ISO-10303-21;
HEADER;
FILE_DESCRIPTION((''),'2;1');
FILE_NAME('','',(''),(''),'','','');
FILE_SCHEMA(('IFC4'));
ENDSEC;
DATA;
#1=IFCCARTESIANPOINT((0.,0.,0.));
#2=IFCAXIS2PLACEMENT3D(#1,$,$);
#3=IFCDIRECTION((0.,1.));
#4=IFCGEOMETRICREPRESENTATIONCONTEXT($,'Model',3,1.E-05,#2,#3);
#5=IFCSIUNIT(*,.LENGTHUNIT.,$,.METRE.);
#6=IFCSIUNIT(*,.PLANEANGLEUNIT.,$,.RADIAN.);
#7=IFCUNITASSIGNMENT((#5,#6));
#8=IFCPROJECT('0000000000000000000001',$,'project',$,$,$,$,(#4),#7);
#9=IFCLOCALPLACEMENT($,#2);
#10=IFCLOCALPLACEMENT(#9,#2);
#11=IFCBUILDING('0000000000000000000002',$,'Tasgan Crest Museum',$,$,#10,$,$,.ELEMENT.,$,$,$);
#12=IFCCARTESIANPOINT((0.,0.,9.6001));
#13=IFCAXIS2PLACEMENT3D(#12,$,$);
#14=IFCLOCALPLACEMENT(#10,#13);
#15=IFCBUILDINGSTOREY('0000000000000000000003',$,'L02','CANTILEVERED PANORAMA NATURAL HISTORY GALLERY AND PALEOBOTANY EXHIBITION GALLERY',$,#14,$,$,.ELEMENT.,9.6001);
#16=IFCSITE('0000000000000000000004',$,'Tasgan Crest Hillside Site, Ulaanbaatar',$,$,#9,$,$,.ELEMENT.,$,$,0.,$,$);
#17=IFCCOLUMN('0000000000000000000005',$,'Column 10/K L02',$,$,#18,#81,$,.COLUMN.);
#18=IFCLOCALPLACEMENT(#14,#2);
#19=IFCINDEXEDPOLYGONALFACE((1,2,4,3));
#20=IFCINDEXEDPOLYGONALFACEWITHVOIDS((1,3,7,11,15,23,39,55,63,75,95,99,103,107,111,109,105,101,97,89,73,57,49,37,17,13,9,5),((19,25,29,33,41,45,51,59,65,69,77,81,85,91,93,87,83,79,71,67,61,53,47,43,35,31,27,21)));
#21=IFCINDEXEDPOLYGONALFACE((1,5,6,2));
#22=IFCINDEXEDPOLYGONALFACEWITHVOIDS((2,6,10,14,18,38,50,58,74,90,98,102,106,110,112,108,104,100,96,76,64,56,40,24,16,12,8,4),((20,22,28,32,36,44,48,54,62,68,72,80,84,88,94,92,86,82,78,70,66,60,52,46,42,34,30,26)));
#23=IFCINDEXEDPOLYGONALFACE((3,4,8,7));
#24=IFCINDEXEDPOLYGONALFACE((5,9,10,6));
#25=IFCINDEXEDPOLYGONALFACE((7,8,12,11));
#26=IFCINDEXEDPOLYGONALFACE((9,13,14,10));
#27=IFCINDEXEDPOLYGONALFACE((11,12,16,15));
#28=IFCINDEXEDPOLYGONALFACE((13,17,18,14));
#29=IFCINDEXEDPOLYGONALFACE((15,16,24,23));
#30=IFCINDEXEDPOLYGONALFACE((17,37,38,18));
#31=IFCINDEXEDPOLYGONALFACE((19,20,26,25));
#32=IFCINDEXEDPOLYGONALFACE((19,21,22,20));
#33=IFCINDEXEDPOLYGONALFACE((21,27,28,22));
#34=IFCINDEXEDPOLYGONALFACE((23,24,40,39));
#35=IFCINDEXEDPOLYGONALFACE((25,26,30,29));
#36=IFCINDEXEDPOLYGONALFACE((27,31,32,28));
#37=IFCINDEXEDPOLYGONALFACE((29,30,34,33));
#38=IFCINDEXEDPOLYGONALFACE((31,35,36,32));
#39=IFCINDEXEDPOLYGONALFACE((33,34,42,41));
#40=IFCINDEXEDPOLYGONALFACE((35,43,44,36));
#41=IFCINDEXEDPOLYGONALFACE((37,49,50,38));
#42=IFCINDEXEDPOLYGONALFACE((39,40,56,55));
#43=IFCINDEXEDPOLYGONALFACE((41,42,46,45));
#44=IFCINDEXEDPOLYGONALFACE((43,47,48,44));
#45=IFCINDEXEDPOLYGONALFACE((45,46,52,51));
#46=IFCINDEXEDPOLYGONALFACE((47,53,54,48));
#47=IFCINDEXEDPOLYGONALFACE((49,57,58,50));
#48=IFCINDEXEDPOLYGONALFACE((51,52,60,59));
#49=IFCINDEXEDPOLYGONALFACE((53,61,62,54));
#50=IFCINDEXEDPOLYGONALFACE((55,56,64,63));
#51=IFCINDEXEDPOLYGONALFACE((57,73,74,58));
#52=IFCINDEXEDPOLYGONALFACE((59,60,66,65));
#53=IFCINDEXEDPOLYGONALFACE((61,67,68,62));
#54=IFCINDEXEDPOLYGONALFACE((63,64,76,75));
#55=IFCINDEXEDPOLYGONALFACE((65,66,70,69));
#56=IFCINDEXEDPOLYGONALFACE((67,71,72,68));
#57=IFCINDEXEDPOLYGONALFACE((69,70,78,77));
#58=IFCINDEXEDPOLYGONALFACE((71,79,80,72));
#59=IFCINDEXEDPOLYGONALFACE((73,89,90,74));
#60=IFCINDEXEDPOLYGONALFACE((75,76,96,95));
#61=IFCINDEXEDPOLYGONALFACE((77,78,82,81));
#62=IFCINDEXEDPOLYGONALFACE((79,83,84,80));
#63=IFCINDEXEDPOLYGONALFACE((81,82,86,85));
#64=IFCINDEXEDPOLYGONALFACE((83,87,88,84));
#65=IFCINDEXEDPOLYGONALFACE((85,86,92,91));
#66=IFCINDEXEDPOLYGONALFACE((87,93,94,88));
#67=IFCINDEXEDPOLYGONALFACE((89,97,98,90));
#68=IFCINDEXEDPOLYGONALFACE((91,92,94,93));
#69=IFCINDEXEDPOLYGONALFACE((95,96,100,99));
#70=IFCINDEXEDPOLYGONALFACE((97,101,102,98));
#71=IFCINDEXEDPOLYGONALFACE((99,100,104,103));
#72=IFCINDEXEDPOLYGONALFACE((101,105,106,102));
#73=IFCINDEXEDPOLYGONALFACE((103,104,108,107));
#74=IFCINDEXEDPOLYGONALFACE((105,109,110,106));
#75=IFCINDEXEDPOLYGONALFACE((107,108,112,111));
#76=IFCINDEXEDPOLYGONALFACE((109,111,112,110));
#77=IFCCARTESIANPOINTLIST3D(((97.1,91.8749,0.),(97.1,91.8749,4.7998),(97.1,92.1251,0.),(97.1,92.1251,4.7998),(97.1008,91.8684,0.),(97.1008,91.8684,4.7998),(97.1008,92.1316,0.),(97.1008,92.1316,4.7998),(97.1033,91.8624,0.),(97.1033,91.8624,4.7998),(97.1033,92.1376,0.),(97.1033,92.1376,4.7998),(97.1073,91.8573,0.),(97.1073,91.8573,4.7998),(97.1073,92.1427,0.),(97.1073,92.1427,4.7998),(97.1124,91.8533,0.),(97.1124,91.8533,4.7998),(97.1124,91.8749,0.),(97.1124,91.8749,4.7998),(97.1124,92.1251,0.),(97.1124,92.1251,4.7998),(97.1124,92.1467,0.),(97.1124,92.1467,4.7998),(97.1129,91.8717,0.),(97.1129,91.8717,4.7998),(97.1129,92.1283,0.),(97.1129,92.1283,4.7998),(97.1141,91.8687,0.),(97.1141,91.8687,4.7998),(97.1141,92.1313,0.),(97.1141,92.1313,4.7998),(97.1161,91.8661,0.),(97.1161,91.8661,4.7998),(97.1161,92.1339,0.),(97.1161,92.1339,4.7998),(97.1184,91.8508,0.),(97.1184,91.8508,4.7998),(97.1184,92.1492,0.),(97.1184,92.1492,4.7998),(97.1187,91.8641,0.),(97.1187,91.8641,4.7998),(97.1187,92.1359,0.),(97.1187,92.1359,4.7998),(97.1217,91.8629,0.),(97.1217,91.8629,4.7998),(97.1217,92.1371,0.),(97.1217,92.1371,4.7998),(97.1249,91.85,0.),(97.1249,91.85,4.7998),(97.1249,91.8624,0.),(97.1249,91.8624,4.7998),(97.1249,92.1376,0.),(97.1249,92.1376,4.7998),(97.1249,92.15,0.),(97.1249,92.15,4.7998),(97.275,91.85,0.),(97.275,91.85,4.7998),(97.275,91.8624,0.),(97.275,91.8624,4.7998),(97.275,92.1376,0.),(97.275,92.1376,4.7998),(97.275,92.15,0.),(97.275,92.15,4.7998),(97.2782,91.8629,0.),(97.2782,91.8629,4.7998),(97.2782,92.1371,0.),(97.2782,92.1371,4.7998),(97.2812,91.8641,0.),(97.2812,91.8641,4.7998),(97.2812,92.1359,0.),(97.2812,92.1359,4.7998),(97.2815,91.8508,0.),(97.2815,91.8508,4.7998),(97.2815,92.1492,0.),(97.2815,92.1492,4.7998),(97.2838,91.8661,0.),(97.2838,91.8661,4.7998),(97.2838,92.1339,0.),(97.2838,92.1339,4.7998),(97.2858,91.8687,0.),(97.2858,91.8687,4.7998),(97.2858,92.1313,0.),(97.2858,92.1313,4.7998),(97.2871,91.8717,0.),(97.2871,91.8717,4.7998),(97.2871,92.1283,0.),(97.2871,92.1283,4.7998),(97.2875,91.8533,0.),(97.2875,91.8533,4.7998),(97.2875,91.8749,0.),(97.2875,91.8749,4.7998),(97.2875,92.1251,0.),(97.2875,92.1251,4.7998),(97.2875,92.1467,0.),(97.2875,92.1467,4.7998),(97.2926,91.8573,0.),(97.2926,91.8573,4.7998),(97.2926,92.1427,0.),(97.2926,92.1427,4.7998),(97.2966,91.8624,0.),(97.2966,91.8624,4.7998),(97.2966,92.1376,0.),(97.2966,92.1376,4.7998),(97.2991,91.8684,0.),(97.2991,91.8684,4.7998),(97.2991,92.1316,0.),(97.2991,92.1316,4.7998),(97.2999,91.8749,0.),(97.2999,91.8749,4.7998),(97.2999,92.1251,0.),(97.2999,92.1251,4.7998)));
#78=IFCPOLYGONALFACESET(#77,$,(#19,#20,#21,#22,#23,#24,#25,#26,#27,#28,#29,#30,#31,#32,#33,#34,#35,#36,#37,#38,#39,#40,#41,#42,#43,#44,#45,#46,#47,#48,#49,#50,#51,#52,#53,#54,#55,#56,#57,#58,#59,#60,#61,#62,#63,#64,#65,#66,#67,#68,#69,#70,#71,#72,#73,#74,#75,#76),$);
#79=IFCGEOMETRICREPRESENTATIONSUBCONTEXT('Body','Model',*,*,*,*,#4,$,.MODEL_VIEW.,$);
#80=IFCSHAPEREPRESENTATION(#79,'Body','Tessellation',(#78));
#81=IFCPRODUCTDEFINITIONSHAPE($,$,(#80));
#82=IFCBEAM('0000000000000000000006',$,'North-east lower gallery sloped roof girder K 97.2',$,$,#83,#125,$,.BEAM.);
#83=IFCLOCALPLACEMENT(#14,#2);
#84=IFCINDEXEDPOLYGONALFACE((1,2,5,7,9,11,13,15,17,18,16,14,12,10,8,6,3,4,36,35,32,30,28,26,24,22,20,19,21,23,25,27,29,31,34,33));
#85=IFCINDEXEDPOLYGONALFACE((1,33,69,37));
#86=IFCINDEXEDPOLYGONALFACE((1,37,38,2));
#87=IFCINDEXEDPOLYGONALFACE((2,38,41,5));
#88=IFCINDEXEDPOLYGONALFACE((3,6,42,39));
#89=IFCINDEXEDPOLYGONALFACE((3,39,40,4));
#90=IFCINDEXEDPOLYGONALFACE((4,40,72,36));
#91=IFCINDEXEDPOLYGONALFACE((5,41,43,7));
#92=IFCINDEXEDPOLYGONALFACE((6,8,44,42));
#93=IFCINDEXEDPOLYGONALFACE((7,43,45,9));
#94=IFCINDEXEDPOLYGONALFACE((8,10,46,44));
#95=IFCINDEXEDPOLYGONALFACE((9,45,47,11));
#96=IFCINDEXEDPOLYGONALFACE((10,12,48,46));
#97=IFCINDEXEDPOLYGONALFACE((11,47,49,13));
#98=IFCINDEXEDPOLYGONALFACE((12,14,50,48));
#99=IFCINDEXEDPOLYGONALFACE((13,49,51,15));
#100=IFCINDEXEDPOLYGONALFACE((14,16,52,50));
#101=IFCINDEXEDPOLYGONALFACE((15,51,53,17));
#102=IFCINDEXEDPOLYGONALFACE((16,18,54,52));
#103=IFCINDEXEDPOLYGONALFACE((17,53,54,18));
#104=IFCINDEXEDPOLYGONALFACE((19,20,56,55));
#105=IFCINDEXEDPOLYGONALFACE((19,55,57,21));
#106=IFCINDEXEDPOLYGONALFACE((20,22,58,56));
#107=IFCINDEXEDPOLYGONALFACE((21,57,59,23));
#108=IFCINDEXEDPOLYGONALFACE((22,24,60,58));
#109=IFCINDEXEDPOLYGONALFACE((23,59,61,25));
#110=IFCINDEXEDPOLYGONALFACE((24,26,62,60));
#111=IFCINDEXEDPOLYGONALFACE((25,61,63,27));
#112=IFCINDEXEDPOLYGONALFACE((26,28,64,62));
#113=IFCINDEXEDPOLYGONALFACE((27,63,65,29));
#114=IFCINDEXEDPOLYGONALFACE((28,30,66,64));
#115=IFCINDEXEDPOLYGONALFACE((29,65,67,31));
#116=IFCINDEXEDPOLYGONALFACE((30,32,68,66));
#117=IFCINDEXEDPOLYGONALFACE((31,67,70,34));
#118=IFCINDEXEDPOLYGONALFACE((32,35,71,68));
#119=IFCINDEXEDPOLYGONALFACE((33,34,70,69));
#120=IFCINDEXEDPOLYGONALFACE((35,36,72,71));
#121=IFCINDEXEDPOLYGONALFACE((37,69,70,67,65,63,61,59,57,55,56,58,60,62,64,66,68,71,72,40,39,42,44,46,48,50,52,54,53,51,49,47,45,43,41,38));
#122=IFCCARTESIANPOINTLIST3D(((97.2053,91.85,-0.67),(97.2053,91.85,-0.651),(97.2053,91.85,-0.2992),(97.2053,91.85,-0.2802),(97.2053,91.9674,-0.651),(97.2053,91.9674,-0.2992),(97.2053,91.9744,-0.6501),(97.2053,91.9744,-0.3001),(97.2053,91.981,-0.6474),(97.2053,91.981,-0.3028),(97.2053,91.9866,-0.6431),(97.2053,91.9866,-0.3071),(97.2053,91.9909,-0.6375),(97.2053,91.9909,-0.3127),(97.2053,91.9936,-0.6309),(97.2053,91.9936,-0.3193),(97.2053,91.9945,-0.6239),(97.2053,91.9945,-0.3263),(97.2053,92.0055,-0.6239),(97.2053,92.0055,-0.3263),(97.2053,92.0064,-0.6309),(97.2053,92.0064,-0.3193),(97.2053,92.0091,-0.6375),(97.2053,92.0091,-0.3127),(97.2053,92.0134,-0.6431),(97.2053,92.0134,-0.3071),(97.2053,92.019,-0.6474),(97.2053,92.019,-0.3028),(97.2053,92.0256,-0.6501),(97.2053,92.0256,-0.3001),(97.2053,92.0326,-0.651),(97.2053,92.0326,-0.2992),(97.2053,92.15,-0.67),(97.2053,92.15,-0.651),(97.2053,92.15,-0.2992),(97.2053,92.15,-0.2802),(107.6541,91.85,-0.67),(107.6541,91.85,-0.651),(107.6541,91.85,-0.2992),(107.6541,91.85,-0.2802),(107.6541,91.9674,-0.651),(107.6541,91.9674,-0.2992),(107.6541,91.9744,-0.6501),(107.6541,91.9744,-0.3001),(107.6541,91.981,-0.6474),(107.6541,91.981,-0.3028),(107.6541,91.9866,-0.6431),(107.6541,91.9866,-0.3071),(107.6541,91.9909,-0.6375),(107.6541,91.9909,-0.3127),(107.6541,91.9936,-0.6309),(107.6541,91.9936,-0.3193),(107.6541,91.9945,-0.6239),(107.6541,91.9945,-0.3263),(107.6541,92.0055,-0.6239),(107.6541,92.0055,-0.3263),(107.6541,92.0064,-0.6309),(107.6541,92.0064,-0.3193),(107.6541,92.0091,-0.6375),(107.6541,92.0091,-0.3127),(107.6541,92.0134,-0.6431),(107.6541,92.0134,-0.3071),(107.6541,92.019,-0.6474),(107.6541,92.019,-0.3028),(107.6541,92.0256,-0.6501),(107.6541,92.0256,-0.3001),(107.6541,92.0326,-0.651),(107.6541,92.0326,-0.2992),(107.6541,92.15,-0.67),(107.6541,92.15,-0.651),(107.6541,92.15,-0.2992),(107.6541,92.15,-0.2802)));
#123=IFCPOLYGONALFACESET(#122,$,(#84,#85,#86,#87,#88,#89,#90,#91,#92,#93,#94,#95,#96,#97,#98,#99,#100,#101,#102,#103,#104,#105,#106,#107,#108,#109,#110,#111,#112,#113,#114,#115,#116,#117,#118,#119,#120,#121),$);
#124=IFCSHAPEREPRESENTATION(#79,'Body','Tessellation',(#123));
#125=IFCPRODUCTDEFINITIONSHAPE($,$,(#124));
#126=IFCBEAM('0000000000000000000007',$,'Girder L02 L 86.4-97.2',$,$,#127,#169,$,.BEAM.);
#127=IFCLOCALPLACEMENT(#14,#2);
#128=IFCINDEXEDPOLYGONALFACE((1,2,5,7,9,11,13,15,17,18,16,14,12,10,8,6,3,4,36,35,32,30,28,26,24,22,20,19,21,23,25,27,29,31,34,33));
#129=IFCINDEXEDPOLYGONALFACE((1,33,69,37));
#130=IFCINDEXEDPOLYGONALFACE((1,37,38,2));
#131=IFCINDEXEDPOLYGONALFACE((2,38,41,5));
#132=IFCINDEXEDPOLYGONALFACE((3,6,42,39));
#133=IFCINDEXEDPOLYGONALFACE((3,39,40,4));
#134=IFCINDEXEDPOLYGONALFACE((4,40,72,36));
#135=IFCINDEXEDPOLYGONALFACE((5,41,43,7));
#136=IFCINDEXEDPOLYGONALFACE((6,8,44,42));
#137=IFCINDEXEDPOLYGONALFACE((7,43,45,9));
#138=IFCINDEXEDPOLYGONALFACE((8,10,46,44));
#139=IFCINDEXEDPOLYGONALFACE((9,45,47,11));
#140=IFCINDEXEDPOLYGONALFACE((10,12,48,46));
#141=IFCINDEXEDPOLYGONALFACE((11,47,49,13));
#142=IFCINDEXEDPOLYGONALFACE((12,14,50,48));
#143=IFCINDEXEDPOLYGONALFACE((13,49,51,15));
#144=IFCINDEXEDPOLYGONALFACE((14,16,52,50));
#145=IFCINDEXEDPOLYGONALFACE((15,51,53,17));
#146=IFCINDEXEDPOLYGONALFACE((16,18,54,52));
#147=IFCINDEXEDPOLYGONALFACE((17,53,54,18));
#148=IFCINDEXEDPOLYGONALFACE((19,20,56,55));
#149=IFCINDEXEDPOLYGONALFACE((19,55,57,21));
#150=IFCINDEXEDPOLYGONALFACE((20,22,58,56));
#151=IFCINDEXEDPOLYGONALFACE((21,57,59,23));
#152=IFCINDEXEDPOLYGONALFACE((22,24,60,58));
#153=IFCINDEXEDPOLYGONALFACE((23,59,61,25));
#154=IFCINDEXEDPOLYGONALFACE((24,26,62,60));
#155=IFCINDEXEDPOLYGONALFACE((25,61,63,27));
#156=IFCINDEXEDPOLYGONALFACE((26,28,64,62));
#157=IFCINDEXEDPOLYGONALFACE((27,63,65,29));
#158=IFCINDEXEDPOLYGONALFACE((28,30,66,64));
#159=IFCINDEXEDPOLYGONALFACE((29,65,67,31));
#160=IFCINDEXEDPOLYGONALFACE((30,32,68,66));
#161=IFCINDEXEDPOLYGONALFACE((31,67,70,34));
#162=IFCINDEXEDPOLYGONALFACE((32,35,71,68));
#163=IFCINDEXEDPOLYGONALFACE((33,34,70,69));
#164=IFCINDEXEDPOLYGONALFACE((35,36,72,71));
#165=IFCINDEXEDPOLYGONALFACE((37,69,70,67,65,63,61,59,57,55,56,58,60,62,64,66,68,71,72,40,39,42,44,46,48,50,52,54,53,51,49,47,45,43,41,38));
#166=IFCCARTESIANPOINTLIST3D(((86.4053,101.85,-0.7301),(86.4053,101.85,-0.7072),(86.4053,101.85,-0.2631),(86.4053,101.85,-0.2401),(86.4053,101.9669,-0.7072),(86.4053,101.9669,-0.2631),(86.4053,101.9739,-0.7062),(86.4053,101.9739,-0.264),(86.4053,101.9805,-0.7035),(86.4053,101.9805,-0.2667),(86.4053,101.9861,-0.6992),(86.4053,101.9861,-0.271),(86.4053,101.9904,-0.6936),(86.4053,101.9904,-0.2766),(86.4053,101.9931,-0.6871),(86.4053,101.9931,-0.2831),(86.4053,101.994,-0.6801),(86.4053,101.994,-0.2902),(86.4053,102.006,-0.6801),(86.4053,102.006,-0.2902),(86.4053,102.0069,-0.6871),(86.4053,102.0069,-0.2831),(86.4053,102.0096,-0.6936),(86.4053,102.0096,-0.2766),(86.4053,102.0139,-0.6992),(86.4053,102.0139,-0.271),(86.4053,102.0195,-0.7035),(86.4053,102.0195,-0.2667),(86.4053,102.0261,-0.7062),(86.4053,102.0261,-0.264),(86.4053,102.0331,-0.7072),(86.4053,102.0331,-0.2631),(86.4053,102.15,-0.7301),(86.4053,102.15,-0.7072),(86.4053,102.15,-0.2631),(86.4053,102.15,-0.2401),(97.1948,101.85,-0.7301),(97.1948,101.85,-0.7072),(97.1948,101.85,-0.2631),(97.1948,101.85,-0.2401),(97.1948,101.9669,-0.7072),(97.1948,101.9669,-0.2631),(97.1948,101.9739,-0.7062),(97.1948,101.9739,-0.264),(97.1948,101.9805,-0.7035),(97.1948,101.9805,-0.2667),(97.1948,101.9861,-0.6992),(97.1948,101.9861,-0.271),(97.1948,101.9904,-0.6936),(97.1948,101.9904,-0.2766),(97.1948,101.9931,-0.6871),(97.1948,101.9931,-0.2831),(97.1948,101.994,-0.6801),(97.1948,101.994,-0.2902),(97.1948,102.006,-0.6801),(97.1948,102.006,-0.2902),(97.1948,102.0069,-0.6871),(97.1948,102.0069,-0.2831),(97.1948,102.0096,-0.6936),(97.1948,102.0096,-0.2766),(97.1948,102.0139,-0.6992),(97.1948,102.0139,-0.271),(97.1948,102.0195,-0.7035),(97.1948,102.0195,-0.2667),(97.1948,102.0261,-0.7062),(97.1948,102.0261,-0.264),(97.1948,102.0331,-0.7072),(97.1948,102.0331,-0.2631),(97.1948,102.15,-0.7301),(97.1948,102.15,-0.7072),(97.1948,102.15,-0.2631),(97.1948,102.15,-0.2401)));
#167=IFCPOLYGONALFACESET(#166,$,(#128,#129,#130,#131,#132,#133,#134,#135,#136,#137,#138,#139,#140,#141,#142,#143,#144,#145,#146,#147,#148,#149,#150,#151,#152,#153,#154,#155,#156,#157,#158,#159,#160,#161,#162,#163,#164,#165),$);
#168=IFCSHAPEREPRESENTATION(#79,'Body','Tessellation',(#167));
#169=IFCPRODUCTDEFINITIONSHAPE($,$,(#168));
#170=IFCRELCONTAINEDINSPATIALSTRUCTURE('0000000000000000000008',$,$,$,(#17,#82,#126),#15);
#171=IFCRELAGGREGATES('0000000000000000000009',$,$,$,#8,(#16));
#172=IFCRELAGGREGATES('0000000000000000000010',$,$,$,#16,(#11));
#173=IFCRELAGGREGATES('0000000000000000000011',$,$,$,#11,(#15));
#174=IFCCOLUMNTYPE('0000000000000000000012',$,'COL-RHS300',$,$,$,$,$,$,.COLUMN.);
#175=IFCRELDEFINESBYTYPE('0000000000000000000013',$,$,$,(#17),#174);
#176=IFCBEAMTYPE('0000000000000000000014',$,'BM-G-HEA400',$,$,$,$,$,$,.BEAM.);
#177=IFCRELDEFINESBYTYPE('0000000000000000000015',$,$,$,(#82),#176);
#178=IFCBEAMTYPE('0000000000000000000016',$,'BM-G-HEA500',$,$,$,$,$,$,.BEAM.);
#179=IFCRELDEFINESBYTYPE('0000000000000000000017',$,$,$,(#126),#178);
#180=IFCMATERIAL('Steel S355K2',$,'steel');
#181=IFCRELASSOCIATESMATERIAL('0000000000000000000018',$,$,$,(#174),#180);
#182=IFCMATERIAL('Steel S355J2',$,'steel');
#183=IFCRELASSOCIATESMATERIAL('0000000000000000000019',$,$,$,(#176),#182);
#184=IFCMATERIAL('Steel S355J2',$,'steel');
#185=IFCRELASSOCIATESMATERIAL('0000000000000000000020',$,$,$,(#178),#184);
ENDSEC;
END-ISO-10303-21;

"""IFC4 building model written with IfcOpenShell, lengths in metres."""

from ifc_helpers import new_model, si_unit, direction, frame, origin, origin_2d, place, context, subcontext, project, spatial, hollow_rectangle, i_section, extrude, material, material_profile, profile_set, type_object, element, save


model = new_model("IFC4")

# Units and contexts
model_context = context("Model", 3, precision=1e-05, world=origin(), true_north=direction((0.0, 1.0)))
body_context = subcontext(model_context, "Body", "Model", "MODEL_VIEW")
ifc_project = project(units=[si_unit("LENGTHUNIT", "METRE"), si_unit("PLANEANGLEUNIT", "RADIAN")], contexts=[model_context])

# Site, building, storey
site_placement = place(None, origin())
site = spatial("IfcSite", under=ifc_project, at=site_placement, Name="Tasgan Crest Hillside Site, Ulaanbaatar", CompositionType="ELEMENT", RefElevation=0.0)
building_placement = place(site_placement, origin())
building = spatial("IfcBuilding", under=site, at=building_placement, Name="Tasgan Crest Museum", CompositionType="ELEMENT")
storey_placement = place(building_placement, frame((0.0, 0.0, 9.6001)))
storey = spatial("IfcBuildingStorey", under=building, at=storey_placement, Name="L02", Description="CANTILEVERED PANORAMA NATURAL HISTORY GALLERY AND PALEOBOTANY EXHIBITION GALLERY", CompositionType="ELEMENT", Elevation=9.6001)

# Column
ifc_material_1 = material(Name="Steel S355K2", Category="steel")
ifc_material_profile_1 = material_profile(ifc_material_1, hollow_rectangle(XDim=0.2, YDim=0.3, WallThickness=0.0125, InnerFilletRadius=0.0125, OuterFilletRadius=0.0249, at=origin_2d()), Name="RHS 300x200x12.5")
ifc_profile_set_1 = profile_set([ifc_material_profile_1], Name="Steel S355K2")
column_type = type_object("IfcColumnType", Name="COL-RHS300", PredefinedType="COLUMN", material=ifc_profile_set_1)
column_placement = place(storey_placement, frame((97.2, 92.0, 0.0), z_axis=(0.0, 0.0, 1.0), x_axis=(1.0, 0.0, 0.0)))
element("IfcColumn", 1, at=column_placement, inside=storey, type_object=column_type, Name="Column 10/K L02", PredefinedType="COLUMN", context=body_context, shape_type="SweptSolid", body=[
    extrude(hollow_rectangle(XDim=0.2, YDim=0.3, WallThickness=0.0125, InnerFilletRadius=0.0125, OuterFilletRadius=0.0249, at=origin_2d()), origin(), (0.0, 0.0, 1.0), 4.7998),
])

# Beams
ifc_material_2 = material(Name="Steel S355J2", Category="steel")
ifc_material_profile_2 = material_profile(ifc_material_2, i_section(OverallWidth=0.3, OverallDepth=0.3899, WebThickness=0.011, FlangeThickness=0.019, FilletRadius=0.0271, at=origin_2d()), Name="HEA 400")
ifc_profile_set_2 = profile_set([ifc_material_profile_2], Name="Steel S355J2")
beam_type_1 = type_object("IfcBeamType", Name="BM-G-HEA400", PredefinedType="BEAM", material=ifc_profile_set_2)
beam_1_placement = place(storey_placement, frame((97.2053, 92.0, -0.4751), z_axis=(1.0, 0.0, 0.0), x_axis=(0.0, 1.0, 0.0)))
element("IfcBeam", 2, at=beam_1_placement, inside=storey, type_object=beam_type_1, Name="North-east lower gallery sloped roof girder K 97.2", PredefinedType="BEAM", context=body_context, shape_type="SweptSolid", body=[
    extrude(i_section(OverallWidth=0.3, OverallDepth=0.3899, WebThickness=0.011, FlangeThickness=0.019, FilletRadius=0.0271, at=origin_2d()), origin(), (0.0, 0.0, 1.0), 10.4487),
])
ifc_material_3 = material(Name="Steel S355J2", Category="steel")
ifc_material_profile_3 = material_profile(ifc_material_3, i_section(OverallWidth=0.3, OverallDepth=0.49, WebThickness=0.012, FlangeThickness=0.0229, FilletRadius=0.0271, at=origin_2d()), Name="HEA 500")
ifc_profile_set_3 = profile_set([ifc_material_profile_3], Name="Steel S355J2")
beam_type_2 = type_object("IfcBeamType", Name="BM-G-HEA500", PredefinedType="BEAM", material=ifc_profile_set_3)
beam_2_placement = place(storey_placement, frame((86.4053, 102.0, -0.4851), z_axis=(1.0, 0.0, 0.0), x_axis=(0.0, 1.0, 0.0)))
element("IfcBeam", 3, at=beam_2_placement, inside=storey, type_object=beam_type_2, Name="Girder L02 L 86.4-97.2", PredefinedType="BEAM", context=body_context, shape_type="SweptSolid", body=[
    extrude(i_section(OverallWidth=0.3, OverallDepth=0.49, WebThickness=0.012, FlangeThickness=0.0229, FilletRadius=0.0271, at=origin_2d()), origin(), (0.0, 0.0, 1.0), 10.7896),
])

save(model, "model.ifc")
